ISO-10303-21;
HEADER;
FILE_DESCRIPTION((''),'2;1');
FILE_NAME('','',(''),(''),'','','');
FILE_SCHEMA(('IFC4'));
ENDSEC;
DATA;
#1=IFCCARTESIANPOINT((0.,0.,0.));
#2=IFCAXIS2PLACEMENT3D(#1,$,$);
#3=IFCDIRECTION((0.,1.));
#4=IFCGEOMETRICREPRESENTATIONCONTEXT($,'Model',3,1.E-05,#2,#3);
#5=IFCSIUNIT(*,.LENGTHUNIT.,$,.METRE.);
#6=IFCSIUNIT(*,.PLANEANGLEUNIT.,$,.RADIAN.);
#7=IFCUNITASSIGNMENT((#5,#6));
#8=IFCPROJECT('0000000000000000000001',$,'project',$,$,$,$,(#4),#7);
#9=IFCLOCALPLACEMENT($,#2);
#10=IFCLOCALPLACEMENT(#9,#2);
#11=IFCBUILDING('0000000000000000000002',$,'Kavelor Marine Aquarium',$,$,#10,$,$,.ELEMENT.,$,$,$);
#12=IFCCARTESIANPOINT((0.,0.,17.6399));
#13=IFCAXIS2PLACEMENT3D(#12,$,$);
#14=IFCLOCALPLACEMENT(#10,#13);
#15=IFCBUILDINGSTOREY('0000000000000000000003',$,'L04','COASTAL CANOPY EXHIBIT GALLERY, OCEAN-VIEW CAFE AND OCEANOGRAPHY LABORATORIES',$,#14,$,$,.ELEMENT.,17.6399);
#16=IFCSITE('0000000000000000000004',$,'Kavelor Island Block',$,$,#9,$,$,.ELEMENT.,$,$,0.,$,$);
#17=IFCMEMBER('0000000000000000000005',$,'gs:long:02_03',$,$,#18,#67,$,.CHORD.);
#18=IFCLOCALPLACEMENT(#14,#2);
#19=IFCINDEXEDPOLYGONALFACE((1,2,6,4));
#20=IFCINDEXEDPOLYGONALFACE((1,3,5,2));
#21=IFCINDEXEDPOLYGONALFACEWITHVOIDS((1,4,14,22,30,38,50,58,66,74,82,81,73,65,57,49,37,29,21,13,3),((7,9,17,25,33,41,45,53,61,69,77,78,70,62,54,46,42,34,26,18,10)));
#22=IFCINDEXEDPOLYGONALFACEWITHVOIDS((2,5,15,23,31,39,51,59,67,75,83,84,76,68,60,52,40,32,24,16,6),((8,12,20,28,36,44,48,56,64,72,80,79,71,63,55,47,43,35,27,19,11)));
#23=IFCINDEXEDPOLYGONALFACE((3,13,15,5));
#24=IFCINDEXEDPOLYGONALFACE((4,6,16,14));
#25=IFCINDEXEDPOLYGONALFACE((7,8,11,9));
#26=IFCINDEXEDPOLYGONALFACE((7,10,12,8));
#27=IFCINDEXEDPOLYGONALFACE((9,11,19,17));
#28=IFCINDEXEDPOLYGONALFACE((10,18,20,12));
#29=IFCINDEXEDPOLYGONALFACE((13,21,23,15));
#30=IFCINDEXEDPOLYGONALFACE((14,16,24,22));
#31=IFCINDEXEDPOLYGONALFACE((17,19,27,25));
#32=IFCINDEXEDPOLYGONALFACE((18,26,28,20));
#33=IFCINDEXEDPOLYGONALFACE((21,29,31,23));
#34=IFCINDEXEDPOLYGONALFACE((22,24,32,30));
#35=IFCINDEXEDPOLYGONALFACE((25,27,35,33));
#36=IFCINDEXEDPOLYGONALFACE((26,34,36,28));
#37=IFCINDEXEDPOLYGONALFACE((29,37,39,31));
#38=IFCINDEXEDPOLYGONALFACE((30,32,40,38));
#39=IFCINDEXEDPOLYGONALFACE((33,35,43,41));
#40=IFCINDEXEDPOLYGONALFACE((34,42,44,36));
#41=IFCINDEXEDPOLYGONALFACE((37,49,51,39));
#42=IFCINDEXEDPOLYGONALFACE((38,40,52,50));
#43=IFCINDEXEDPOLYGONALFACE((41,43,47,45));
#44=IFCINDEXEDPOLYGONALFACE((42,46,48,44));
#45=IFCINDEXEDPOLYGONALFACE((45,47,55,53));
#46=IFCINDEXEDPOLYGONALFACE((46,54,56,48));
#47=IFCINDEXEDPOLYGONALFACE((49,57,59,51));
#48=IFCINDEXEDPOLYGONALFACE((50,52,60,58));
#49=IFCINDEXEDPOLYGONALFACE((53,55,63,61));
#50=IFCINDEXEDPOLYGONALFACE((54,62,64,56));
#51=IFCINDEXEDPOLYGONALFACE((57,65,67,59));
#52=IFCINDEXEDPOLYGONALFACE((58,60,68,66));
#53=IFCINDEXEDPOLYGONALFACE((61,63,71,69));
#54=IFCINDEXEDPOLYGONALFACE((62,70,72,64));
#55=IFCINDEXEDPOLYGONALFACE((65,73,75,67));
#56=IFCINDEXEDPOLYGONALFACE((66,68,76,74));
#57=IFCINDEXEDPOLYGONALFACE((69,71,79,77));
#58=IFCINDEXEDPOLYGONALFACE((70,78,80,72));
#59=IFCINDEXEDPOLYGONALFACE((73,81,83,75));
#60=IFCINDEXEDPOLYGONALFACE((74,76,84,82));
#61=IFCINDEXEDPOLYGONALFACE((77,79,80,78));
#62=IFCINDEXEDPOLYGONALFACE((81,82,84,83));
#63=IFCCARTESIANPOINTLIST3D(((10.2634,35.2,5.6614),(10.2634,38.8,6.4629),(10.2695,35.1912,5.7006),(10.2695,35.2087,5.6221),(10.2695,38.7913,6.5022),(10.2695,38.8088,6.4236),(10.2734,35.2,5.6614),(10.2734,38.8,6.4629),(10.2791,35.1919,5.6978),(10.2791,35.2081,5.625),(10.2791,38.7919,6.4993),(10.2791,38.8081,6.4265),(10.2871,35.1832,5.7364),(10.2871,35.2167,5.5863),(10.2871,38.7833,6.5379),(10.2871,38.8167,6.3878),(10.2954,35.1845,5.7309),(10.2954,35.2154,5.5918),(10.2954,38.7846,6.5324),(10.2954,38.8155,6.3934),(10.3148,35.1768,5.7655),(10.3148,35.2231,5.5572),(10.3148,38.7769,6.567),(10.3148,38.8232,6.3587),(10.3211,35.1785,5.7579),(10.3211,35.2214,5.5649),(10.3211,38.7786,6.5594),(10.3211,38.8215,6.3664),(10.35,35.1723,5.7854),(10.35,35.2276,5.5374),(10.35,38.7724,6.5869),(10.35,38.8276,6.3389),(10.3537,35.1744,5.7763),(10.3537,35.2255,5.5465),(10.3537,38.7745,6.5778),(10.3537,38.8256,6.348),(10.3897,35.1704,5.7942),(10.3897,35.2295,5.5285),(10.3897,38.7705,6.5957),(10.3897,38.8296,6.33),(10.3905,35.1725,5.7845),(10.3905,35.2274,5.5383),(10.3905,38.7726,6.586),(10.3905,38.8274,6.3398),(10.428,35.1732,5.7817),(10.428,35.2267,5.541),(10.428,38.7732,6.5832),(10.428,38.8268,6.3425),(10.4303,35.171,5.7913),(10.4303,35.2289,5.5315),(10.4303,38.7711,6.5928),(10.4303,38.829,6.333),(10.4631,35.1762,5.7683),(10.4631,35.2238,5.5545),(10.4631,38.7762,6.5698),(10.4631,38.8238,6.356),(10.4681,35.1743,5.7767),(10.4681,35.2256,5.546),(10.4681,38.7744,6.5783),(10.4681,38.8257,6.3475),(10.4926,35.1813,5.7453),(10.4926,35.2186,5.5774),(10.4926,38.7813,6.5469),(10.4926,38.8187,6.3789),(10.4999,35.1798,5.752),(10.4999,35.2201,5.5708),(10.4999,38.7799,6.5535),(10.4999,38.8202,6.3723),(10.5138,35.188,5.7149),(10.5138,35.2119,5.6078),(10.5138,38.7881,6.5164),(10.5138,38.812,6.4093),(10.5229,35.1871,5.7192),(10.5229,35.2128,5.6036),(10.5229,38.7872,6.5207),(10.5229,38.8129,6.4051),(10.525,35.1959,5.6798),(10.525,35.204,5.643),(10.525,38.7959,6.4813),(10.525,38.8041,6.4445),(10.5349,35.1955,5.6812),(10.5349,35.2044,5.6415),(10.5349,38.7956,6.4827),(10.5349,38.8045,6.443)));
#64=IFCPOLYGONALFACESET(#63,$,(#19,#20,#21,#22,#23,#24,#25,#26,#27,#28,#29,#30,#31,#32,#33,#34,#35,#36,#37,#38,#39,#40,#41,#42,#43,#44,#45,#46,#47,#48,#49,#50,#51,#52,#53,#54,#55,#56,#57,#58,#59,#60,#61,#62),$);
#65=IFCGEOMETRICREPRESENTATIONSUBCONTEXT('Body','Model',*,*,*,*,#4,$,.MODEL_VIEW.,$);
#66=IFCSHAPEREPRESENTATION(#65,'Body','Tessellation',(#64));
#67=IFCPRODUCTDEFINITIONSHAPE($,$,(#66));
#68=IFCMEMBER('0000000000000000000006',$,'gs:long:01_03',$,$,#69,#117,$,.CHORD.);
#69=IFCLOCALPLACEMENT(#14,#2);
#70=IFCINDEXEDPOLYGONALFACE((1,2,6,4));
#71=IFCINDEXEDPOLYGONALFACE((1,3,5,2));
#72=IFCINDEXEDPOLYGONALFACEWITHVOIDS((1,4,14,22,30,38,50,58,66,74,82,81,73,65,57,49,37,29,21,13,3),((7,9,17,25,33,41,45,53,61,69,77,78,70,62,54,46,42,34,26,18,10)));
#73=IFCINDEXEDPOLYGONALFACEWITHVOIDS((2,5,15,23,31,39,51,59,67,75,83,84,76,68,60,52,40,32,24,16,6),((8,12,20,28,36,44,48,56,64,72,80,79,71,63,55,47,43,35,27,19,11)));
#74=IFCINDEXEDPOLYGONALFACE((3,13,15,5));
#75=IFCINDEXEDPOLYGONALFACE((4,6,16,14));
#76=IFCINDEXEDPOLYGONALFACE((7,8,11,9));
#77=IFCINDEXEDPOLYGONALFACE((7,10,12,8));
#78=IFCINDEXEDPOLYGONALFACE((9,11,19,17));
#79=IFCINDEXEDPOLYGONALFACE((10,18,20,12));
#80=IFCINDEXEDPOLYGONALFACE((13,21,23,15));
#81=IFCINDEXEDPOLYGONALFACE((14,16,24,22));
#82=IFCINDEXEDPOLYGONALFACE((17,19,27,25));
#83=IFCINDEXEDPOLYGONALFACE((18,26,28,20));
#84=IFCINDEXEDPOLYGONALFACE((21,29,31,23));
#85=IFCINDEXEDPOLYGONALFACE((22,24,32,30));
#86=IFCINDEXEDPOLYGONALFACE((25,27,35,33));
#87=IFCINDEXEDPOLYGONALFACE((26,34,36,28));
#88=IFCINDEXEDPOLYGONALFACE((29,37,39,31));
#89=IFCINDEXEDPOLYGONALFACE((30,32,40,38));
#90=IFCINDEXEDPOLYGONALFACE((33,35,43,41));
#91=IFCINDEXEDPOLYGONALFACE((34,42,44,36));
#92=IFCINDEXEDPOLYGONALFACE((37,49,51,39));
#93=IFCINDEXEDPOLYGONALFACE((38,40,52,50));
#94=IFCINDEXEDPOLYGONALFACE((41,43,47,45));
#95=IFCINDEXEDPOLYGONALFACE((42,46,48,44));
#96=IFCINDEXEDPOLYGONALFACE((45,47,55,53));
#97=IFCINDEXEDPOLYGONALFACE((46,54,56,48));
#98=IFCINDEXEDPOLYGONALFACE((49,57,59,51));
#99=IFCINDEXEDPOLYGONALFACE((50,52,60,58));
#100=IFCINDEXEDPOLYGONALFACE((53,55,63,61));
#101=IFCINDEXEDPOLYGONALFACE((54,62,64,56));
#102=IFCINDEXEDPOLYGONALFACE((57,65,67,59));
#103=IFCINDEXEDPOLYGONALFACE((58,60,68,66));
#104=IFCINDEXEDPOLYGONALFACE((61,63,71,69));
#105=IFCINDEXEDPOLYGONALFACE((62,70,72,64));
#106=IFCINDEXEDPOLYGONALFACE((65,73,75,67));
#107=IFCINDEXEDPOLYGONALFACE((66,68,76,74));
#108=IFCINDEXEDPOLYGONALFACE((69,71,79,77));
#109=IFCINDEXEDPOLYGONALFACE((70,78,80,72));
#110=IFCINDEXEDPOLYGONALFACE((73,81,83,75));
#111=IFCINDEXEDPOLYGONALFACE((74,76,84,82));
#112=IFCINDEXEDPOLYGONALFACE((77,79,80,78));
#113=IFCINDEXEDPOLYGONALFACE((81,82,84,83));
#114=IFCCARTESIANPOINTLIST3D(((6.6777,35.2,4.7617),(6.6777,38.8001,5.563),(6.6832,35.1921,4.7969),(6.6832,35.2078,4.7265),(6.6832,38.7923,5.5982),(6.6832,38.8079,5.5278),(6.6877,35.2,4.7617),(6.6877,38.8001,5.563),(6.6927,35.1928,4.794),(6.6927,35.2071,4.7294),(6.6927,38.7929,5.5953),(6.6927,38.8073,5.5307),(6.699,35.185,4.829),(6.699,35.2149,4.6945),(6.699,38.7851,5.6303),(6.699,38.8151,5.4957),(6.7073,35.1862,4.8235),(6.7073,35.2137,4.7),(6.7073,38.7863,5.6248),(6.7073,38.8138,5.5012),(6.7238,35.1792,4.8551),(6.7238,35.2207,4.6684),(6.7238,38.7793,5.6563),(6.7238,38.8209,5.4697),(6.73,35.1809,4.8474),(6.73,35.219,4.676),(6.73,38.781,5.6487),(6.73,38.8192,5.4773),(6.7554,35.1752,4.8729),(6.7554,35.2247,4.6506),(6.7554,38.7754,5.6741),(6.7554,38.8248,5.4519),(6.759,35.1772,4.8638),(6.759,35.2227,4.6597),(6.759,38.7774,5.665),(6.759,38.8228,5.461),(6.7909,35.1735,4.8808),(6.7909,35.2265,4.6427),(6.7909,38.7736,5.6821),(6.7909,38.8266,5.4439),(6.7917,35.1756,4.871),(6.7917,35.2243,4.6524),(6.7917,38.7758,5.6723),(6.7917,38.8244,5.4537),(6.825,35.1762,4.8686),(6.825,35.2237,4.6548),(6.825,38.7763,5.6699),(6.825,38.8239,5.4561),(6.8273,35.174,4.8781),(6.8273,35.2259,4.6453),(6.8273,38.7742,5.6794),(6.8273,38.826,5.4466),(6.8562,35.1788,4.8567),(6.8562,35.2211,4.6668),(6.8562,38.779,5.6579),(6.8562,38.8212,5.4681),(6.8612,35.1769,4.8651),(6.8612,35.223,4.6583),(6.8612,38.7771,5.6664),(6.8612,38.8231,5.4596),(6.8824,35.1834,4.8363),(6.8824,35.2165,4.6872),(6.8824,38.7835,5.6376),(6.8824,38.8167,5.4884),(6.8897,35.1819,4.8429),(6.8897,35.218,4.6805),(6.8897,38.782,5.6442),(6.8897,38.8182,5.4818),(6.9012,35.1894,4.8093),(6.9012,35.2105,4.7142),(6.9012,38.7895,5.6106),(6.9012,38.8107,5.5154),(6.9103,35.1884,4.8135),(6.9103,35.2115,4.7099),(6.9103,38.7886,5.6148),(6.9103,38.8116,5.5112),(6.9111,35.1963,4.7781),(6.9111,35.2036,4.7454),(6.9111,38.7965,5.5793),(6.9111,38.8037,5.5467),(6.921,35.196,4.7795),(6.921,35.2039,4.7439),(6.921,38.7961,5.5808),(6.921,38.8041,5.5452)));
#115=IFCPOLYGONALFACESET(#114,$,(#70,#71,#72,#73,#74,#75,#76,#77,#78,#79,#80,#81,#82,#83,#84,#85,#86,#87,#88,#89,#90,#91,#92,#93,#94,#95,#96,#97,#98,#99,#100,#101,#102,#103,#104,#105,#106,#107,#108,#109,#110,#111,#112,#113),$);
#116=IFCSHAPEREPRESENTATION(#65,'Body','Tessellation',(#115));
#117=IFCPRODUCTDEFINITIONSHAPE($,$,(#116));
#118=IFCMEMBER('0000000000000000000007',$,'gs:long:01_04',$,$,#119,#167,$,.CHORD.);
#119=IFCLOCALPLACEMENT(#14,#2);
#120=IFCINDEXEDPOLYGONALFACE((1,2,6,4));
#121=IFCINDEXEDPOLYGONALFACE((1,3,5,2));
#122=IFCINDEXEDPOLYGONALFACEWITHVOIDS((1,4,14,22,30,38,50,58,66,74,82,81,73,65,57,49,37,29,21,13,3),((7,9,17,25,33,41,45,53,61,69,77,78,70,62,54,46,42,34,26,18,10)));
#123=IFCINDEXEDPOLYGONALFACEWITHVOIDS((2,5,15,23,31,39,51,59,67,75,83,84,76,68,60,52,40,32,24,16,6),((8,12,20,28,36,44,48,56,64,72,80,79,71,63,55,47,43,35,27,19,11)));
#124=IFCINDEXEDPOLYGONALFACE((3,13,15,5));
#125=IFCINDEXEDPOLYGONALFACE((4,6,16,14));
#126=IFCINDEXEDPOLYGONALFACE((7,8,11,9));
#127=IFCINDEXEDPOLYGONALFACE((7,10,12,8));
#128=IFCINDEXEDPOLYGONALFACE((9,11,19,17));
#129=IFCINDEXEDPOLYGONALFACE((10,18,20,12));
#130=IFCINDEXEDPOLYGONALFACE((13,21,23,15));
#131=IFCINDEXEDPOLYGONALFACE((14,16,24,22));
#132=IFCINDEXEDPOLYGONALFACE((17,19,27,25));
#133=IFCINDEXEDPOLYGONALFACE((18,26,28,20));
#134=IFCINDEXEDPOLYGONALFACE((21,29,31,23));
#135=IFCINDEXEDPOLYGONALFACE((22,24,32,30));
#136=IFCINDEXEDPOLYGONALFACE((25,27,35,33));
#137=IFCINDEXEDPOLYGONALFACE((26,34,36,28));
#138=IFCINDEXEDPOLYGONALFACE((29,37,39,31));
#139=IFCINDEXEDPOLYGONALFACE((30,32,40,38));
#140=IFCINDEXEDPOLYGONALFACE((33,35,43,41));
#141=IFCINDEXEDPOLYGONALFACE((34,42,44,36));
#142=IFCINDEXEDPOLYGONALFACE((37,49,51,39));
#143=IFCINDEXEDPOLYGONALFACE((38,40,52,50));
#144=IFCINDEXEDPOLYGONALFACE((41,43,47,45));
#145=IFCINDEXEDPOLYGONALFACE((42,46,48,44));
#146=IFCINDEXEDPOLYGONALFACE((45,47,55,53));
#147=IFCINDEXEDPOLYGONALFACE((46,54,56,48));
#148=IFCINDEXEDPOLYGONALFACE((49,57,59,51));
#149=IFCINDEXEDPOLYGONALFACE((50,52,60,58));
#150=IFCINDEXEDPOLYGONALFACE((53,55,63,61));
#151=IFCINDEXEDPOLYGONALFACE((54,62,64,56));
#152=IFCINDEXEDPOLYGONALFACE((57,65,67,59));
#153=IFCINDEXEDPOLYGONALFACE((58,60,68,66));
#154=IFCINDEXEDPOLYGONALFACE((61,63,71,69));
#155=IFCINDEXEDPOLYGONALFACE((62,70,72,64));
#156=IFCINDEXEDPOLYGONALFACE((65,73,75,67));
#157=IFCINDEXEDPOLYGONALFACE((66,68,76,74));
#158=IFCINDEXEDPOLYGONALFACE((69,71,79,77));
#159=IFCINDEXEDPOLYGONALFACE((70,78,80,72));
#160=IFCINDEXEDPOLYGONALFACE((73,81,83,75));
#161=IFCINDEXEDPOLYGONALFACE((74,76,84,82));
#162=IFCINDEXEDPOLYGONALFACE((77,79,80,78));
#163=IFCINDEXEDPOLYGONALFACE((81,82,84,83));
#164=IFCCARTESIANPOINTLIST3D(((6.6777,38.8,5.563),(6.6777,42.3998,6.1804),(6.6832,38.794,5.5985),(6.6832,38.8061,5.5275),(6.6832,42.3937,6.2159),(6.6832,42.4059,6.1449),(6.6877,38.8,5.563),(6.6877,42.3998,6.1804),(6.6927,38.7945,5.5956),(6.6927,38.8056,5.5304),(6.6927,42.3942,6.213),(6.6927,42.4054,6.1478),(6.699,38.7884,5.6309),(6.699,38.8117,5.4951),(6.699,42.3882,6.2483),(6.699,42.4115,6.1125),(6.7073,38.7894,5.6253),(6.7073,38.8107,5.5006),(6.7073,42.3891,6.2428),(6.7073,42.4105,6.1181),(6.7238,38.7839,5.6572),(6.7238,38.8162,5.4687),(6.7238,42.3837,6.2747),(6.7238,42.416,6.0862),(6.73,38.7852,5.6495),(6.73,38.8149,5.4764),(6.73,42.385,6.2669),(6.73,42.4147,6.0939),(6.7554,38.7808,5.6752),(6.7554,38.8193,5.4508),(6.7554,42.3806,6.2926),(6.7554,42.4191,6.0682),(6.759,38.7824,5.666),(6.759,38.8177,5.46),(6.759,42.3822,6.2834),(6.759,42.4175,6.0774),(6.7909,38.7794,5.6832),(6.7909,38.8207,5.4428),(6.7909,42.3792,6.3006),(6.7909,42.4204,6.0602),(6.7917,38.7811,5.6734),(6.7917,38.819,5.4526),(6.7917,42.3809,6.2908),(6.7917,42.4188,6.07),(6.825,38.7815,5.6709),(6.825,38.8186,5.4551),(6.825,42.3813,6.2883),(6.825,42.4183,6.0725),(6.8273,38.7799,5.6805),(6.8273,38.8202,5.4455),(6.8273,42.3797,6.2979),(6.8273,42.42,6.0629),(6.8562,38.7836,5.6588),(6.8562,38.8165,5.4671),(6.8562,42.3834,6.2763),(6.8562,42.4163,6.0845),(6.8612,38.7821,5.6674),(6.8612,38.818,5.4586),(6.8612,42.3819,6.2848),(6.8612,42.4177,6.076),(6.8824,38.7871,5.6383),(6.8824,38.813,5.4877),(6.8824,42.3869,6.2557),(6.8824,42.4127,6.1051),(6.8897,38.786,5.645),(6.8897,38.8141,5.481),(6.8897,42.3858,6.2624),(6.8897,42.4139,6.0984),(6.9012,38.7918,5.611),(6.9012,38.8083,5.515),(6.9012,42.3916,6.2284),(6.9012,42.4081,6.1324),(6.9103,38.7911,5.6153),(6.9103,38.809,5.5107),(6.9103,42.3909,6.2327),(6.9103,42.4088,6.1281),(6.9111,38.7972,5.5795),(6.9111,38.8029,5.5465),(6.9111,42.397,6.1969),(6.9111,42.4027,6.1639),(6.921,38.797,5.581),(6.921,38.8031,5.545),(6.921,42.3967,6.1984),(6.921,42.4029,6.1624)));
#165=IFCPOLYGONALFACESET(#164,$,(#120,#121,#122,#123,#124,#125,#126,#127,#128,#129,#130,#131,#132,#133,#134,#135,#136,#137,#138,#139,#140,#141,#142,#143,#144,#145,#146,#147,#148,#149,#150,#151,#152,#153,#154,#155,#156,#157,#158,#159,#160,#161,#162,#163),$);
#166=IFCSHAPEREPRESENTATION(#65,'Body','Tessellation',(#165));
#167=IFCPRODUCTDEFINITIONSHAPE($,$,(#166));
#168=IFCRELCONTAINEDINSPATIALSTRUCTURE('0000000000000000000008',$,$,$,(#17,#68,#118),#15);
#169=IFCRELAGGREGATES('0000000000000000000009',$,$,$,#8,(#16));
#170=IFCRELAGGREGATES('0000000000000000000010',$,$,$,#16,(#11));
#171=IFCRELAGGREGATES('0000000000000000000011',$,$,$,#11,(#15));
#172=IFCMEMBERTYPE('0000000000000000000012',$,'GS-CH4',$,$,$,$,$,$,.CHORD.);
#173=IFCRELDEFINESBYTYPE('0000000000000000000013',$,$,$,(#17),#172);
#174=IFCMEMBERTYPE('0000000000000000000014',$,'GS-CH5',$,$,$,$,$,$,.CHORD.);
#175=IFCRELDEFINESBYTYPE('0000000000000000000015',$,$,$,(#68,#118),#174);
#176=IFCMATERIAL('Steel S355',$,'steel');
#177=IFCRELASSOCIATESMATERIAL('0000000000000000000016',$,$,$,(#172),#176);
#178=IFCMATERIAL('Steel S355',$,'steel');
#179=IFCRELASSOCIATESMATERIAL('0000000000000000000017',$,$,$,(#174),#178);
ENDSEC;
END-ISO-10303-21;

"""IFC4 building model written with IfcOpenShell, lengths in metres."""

from ifc_helpers import new_model, si_unit, direction, frame, origin, origin_2d, place, context, subcontext, project, spatial, hollow_circle, extrude, material, material_profile, profile_set, type_object, element, save


model = new_model("IFC4")

# Units and contexts
model_context = context("Model", 3, precision=1e-05, world=origin(), true_north=direction((0.0, 1.0)))
body_context = subcontext(model_context, "Body", "Model", "MODEL_VIEW")
ifc_project = project(units=[si_unit("LENGTHUNIT", "METRE"), si_unit("PLANEANGLEUNIT", "RADIAN")], contexts=[model_context])

# Site, building, storey
site_placement = place(None, origin())
site = spatial("IfcSite", under=ifc_project, at=site_placement, Name="Kavelor Island Block", CompositionType="ELEMENT", RefElevation=0.0)
building_placement = place(site_placement, origin())
building = spatial("IfcBuilding", under=site, at=building_placement, Name="Kavelor Marine Aquarium", CompositionType="ELEMENT")
storey_placement = place(building_placement, frame((0.0, 0.0, 17.6399)))
storey = spatial("IfcBuildingStorey", under=building, at=storey_placement, Name="L04", Description="COASTAL CANOPY EXHIBIT GALLERY, OCEAN-VIEW CAFE AND OCEANOGRAPHY LABORATORIES", CompositionType="ELEMENT", Elevation=17.6399)

# Members
ifc_material_1 = material(Name="Steel S355", Category="steel")
ifc_material_profile_1 = material_profile(ifc_material_1, hollow_circle(Radius=0.1365, WallThickness=0.01, at=origin_2d()), Name="CHS 273.0x10.0")
ifc_profile_set_1 = profile_set([ifc_material_profile_1], Name="Steel S355")
member_type_1 = type_object("IfcMemberType", Name="GS-CH4", PredefinedType="CHORD", material=ifc_profile_set_1)
member_1_placement = place(storey_placement, frame((10.3999, 35.2, 5.6614), z_axis=(0.0, 0.976101, 0.217316), x_axis=(-1.0, 0.0, 0.0)))
element("IfcMember", 1, at=member_1_placement, inside=storey, type_object=member_type_1, Name="gs:long:02_03", PredefinedType="CHORD", context=body_context, shape_type="SweptSolid", body=[
    extrude(hollow_circle(Radius=0.1365, WallThickness=0.01, at=origin_2d()), origin(), (0.0, 0.0, 1.0), 3.6882),
])
ifc_material_2 = material(Name="Steel S355", Category="steel")
ifc_material_profile_2 = material_profile(ifc_material_2, hollow_circle(Radius=0.1223, WallThickness=0.01, at=origin_2d()), Name="CHS 244.5x10.0")
ifc_profile_set_2 = profile_set([ifc_material_profile_2], Name="Steel S355")
member_type_2 = type_object("IfcMemberType", Name="GS-CH5", PredefinedType="CHORD", material=ifc_profile_set_2)
member_2_placement = place(storey_placement, frame((6.8, 35.2, 4.7617), z_axis=(0.0, 0.976115, 0.217253), x_axis=(-1.0, 0.0, 0.0)))
element("IfcMember", 2, at=member_2_placement, inside=storey, type_object=member_type_2, Name="gs:long:01_03", PredefinedType="CHORD", context=body_context, shape_type="SweptSolid", body=[
    extrude(hollow_circle(Radius=0.1223, WallThickness=0.01, at=origin_2d()), origin(), (0.0, 0.0, 1.0), 3.6882),
])
member_3_placement = place(storey_placement, frame((6.8, 38.8, 5.563), z_axis=(0.0, 0.985608, 0.169047), x_axis=(-1.0, 0.0, 0.0)))
element("IfcMember", 3, at=member_3_placement, inside=storey, type_object=member_type_2, Name="gs:long:01_04", PredefinedType="CHORD", context=body_context, shape_type="SweptSolid", body=[
    extrude(hollow_circle(Radius=0.1223, WallThickness=0.01, at=origin_2d()), origin(), (0.0, 0.0, 1.0), 3.6523),
])

save(model, "model.ifc")
